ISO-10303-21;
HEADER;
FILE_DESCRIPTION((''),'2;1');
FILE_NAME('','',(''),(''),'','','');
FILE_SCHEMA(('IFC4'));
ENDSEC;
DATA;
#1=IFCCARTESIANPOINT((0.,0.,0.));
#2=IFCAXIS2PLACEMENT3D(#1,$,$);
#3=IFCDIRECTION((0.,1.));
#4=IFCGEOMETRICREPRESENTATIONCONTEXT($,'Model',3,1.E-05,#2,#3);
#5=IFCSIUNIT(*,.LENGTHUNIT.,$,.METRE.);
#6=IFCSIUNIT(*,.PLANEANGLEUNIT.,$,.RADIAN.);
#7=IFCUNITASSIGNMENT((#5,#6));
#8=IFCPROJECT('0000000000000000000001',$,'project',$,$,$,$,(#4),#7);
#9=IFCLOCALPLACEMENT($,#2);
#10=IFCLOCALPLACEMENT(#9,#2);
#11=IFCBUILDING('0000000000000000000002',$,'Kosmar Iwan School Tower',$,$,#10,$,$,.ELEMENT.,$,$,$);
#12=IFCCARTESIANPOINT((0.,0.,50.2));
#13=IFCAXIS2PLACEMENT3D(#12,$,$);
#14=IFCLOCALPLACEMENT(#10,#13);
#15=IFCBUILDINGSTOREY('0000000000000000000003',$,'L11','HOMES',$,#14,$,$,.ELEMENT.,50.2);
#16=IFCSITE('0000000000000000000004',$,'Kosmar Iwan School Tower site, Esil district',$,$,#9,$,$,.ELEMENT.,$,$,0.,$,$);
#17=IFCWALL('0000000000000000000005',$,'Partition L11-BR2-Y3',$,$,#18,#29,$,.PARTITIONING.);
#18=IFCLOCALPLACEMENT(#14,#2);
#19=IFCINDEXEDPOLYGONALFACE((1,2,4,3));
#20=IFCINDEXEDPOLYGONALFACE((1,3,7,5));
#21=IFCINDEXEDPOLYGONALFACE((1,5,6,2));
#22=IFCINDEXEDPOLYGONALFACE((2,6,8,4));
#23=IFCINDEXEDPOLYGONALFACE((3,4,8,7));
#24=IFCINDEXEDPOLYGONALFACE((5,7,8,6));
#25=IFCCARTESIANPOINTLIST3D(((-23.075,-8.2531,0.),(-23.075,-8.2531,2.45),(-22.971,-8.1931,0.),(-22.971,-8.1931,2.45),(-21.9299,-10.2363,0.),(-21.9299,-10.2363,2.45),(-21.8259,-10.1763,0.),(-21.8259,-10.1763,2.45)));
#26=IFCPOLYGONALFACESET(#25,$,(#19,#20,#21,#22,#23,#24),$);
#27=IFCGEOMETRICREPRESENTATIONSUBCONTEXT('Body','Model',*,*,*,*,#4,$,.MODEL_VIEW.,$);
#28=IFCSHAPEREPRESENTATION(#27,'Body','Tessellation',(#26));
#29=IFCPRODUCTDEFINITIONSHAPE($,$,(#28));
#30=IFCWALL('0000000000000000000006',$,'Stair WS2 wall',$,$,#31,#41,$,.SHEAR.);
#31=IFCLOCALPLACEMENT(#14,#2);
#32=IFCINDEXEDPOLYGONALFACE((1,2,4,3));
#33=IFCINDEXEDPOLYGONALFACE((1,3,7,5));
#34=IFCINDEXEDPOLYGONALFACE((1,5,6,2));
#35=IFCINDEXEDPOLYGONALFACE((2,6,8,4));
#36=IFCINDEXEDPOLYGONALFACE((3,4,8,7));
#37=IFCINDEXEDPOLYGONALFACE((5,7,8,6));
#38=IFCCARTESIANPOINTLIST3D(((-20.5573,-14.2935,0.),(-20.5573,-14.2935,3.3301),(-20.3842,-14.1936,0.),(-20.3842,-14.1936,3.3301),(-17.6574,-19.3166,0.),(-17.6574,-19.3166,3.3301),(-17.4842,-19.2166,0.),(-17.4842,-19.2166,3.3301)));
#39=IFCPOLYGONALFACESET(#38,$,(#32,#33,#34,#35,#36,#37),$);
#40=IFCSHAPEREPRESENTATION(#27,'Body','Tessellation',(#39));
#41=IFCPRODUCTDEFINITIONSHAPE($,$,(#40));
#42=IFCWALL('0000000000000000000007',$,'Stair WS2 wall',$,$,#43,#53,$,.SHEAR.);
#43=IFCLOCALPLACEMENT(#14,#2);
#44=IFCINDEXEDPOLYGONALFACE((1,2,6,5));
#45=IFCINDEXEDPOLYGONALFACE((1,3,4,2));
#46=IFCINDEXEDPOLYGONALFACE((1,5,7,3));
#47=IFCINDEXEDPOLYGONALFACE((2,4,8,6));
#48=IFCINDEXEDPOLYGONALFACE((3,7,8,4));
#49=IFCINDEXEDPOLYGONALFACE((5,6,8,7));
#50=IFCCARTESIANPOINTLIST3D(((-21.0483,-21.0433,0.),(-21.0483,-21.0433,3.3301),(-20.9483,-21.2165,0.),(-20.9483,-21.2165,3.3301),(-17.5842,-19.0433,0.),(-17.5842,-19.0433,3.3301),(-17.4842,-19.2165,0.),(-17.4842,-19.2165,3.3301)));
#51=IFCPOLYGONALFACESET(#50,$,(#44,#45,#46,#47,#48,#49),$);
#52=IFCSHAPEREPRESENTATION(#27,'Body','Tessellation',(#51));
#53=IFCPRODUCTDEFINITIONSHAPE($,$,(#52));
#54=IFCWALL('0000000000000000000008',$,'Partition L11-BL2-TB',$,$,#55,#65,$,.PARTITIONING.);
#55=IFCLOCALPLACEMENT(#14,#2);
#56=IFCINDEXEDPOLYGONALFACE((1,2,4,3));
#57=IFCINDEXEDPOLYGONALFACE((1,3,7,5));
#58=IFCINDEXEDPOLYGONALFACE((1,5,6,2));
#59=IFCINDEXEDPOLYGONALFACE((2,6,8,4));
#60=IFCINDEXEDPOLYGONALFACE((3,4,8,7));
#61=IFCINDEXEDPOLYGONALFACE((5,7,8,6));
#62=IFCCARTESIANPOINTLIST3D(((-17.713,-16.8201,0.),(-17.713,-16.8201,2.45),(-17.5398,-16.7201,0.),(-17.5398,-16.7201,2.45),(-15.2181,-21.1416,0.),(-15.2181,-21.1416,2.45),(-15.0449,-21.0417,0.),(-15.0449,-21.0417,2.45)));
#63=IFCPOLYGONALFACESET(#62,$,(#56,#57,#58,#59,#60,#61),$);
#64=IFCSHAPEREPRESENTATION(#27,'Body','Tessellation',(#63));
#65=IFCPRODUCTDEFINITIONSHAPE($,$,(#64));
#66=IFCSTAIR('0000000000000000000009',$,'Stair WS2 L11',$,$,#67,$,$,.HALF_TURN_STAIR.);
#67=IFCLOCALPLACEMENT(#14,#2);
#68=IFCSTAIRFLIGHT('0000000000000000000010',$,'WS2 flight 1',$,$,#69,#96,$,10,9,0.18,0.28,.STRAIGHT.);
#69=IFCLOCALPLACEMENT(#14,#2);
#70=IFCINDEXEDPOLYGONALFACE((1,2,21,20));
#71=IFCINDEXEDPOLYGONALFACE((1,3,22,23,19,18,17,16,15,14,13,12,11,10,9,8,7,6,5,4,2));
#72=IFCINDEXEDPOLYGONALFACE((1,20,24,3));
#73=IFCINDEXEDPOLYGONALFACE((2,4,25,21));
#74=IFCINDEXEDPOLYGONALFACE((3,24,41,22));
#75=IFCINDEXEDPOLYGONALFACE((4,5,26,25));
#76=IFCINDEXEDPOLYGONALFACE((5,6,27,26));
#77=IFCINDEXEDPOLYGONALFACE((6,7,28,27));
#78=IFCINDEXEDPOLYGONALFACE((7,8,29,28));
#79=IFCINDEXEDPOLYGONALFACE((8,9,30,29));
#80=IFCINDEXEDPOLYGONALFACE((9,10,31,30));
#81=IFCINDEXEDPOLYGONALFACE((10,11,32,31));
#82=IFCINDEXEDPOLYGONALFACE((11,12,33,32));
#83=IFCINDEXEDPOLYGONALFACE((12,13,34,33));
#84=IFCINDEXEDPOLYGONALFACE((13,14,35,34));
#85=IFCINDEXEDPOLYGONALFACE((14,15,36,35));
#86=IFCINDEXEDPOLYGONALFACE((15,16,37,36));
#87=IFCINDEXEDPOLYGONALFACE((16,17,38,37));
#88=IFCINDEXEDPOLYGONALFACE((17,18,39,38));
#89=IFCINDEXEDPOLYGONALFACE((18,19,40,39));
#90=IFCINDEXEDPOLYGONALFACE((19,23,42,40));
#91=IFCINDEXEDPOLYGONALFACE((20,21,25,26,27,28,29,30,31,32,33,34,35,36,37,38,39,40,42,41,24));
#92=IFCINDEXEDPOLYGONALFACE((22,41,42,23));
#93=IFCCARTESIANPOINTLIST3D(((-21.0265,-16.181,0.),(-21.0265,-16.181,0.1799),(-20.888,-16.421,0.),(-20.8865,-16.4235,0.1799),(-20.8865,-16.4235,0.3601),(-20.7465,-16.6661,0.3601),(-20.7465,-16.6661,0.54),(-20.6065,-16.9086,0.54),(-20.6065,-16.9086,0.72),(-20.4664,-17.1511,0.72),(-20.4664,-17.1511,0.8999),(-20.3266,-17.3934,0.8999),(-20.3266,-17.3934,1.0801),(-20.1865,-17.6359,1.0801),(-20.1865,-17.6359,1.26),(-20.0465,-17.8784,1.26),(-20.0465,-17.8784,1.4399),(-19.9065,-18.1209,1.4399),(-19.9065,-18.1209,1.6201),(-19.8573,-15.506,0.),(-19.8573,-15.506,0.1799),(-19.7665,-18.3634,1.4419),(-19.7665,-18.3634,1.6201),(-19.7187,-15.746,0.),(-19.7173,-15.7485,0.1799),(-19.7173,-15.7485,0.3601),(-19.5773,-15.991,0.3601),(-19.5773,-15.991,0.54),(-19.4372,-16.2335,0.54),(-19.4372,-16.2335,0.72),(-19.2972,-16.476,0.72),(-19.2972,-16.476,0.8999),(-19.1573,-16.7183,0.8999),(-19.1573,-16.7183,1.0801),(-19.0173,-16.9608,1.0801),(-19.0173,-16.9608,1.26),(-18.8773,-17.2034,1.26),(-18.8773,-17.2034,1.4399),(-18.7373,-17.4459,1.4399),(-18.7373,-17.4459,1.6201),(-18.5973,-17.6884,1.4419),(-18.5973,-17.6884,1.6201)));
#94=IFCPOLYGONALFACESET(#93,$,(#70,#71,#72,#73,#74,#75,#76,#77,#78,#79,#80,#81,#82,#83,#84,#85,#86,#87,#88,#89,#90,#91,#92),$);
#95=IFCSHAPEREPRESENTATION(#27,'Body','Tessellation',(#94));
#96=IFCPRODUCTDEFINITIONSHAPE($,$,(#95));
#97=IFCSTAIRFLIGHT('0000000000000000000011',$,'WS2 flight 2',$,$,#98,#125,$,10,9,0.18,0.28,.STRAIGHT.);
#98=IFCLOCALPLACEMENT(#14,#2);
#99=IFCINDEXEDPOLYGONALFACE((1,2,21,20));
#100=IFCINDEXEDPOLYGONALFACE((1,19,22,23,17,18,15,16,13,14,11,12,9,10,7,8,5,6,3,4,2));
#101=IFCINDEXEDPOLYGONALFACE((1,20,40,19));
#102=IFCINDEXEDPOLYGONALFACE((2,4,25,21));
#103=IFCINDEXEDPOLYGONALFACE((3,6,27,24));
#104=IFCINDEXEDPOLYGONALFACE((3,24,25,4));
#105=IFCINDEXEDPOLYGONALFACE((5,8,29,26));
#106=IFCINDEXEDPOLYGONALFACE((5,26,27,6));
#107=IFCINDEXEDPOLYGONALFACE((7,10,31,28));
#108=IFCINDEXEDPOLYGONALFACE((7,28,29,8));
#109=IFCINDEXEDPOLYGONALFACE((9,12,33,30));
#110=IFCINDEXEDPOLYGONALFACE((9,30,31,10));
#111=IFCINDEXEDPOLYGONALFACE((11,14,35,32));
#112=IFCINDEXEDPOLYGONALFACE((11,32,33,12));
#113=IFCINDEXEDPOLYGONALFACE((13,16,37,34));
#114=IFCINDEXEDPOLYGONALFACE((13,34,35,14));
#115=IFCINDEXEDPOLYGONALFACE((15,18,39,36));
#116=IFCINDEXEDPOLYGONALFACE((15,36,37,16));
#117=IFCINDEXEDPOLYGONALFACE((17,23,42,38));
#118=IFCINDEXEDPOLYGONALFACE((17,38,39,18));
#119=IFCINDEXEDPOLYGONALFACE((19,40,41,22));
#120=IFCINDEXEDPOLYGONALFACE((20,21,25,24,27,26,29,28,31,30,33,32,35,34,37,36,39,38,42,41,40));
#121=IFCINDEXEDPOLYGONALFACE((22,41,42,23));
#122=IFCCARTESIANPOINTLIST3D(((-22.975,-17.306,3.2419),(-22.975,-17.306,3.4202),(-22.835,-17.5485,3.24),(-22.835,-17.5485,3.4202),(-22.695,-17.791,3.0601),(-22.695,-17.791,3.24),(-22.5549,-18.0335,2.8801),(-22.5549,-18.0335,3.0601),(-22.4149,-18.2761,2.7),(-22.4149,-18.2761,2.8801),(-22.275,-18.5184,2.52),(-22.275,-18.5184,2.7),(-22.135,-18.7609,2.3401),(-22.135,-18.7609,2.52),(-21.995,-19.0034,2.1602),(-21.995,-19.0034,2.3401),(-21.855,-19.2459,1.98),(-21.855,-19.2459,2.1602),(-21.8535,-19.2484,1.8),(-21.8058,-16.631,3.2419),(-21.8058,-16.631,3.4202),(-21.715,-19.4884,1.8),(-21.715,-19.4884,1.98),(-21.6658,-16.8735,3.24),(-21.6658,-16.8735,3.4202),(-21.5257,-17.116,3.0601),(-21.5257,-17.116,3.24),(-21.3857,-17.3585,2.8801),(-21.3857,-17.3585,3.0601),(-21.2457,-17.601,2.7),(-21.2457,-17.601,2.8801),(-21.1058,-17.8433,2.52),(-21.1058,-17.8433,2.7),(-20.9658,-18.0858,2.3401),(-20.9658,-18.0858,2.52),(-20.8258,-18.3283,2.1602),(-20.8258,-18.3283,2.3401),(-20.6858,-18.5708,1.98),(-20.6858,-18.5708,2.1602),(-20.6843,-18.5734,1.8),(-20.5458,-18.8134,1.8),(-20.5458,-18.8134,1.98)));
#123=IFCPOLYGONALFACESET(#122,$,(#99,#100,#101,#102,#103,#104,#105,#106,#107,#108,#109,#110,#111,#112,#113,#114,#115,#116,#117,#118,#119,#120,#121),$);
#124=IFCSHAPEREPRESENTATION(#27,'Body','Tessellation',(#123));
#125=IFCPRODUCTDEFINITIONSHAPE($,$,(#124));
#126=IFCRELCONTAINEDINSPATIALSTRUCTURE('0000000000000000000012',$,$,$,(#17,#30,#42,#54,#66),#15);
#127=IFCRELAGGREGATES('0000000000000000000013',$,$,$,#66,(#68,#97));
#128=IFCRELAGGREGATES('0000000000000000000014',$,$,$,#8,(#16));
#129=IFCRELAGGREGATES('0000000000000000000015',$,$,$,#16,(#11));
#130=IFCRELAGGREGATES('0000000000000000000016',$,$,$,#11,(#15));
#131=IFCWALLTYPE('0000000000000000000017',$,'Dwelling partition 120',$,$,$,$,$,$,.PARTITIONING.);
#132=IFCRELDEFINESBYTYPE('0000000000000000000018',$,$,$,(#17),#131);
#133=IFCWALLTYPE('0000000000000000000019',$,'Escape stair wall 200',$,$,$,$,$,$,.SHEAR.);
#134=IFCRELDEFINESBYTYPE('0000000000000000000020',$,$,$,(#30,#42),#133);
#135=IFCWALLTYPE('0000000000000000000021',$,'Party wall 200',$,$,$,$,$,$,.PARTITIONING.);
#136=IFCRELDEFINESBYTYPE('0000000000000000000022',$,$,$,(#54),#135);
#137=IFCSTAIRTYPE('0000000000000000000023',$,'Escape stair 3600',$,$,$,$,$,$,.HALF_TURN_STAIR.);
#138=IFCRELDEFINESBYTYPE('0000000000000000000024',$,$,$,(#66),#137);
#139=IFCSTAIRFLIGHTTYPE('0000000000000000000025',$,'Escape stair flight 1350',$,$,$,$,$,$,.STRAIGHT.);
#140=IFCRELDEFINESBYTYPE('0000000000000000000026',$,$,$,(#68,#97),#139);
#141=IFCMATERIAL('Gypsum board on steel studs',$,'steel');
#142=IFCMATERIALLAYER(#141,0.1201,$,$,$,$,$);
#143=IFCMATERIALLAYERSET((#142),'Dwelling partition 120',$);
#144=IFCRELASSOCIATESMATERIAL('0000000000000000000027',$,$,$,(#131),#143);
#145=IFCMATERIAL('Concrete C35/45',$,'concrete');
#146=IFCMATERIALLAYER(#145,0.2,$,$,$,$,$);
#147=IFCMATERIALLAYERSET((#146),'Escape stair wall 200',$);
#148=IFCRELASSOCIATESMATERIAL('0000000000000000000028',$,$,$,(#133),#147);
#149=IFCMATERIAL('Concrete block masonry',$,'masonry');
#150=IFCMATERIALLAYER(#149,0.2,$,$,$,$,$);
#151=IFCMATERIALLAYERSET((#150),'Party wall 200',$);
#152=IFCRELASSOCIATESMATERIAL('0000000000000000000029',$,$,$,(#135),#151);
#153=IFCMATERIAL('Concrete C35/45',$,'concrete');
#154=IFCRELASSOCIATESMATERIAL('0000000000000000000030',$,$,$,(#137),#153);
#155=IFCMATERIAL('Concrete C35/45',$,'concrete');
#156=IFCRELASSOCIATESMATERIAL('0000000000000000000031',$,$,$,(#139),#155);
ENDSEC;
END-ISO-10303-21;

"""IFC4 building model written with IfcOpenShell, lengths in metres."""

from ifc_helpers import new_model, si_unit, direction, frame, frame_2d, origin, place, context, subcontext, project, spatial, polyline, rectangle, outline, extrude, material, layer, layer_set, type_object, element, aggregate, save


model = new_model("IFC4")

# Units and contexts
model_context = context("Model", 3, precision=1e-05, world=origin(), true_north=direction((0.0, 1.0)))
body_context = subcontext(model_context, "Body", "Model", "MODEL_VIEW")
ifc_project = project(units=[si_unit("LENGTHUNIT", "METRE"), si_unit("PLANEANGLEUNIT", "RADIAN")], contexts=[model_context])

# Site, building, storey
site_placement = place(None, origin())
site = spatial("IfcSite", under=ifc_project, at=site_placement, Name="Kosmar Iwan School Tower site, Esil district", CompositionType="ELEMENT", RefElevation=0.0)
building_placement = place(site_placement, origin())
building = spatial("IfcBuilding", under=site, at=building_placement, Name="Kosmar Iwan School Tower", CompositionType="ELEMENT")
storey_placement = place(building_placement, frame((0.0, 0.0, 50.2)))
storey = spatial("IfcBuildingStorey", under=building, at=storey_placement, Name="L11", Description="HOMES", CompositionType="ELEMENT", Elevation=50.2)

# Shared definitions
ifc_material_1 = material(Name="Gypsum board on steel studs", Category="steel")
ifc_layer_1 = layer(ifc_material_1, 0.1201)
ifc_layer_set_1 = layer_set([ifc_layer_1], Name="Dwelling partition 120")
wall_type_1 = type_object("IfcWallType", Name="Dwelling partition 120", PredefinedType="PARTITIONING", material=ifc_layer_set_1)

# Walls
wall_1_placement = place(storey_placement, frame((-21.8779, -10.2063, 0.0), z_axis=(0.0, 0.0, 1.0), x_axis=(-0.500015, 0.866017, 0.0)))
element("IfcWall", 1, at=wall_1_placement, inside=storey, type_object=wall_type_1, Name="Partition L11-BR2-Y3", PredefinedType="PARTITIONING", context=body_context, shape_type="SweptSolid", body=[
    extrude(rectangle(XDim=2.29, YDim=0.1201, at=frame_2d((1.145, 0.0))), origin(), (0.0, 0.0, 1.0), 2.45),
])
ifc_material_2 = material(Name="Concrete C35/45", Category="concrete")
ifc_layer_2 = layer(ifc_material_2, 0.2)
ifc_layer_set_2 = layer_set([ifc_layer_2], Name="Escape stair wall 200")
wall_type_2 = type_object("IfcWallType", Name="Escape stair wall 200", PredefinedType="SHEAR", material=ifc_layer_set_2)
wall_2_placement = place(storey_placement, frame((-20.4707, -14.2437, 0.0), z_axis=(0.0, 0.0, 1.0), x_axis=(0.499987, -0.866033, 0.0)))
element("IfcWall", 2, at=wall_2_placement, inside=storey, type_object=wall_type_2, Name="Stair WS2 wall", PredefinedType="SHEAR", context=body_context, shape_type="SweptSolid", body=[
    extrude(rectangle(XDim=5.8, YDim=0.2, at=frame_2d((2.8999, 0.0))), origin(), (0.0, 0.0, 1.0), 3.3301),
])
wall_3_placement = place(storey_placement, frame((-17.5342, -19.1299, 0.0), z_axis=(0.0, 0.0, 1.0), x_axis=(-0.866026, -0.499999, 0.0)))
element("IfcWall", 3, at=wall_3_placement, inside=storey, type_object=wall_type_2, Name="Stair WS2 wall", PredefinedType="SHEAR", context=body_context, shape_type="SweptSolid", body=[
    extrude(rectangle(XDim=4.0, YDim=0.2, at=frame_2d((2.0, 0.0))), origin(), (0.0, 0.0, 1.0), 3.3301),
])
ifc_material_3 = material(Name="Concrete block masonry", Category="masonry")
ifc_layer_3 = layer(ifc_material_3, 0.2)
ifc_layer_set_3 = layer_set([ifc_layer_3], Name="Party wall 200")
wall_type_3 = type_object("IfcWallType", Name="Party wall 200", PredefinedType="PARTITIONING", material=ifc_layer_set_3)
wall_4_placement = place(storey_placement, frame((-17.6265, -16.77, 0.0), z_axis=(0.0, 0.0, 1.0), x_axis=(0.499975, -0.86604, 0.0)))
element("IfcWall", 4, at=wall_4_placement, inside=storey, type_object=wall_type_3, Name="Partition L11-BL2-TB", PredefinedType="PARTITIONING", context=body_context, shape_type="SweptSolid", body=[
    extrude(rectangle(XDim=4.99, YDim=0.2, at=frame_2d((2.4951, 0.0))), origin(), (0.0, 0.0, 1.0), 2.45),
])

# Stair, stair flights
ifc_material_4 = material(Name="Concrete C35/45", Category="concrete")
stair_type = type_object("IfcStairType", Name="Escape stair 3600", PredefinedType="HALF_TURN_STAIR", material=ifc_material_4)
stair_placement = place(storey_placement, origin())
stair = element("IfcStair", 5, at=stair_placement, inside=storey, type_object=stair_type, Name="Stair WS2 L11", PredefinedType="HALF_TURN_STAIR")
ifc_material_5 = material(Name="Concrete C35/45", Category="concrete")
stair_flight_type = type_object("IfcStairFlightType", Name="Escape stair flight 1350", PredefinedType="STRAIGHT", material=ifc_material_5)
stair_flight_1_placement = place(storey_placement, frame((-20.4419, -15.8435, 0.0), z_axis=(0.0, 0.0, 1.0), x_axis=(0.5, -0.866025, 0.0)))
stair_flight_1 = element("IfcStairFlight", 6, at=stair_flight_1_placement, type_object=stair_flight_type, Name="WS2 flight 1", NumberOfRisers=10, NumberOfTreads=9, PredefinedType="STRAIGHT", RiserHeight=0.18, TreadLength=0.28, context=body_context, shape_type="SweptSolid", body=[
    extrude(outline(polyline([(0.0, 0.0), (0.0, 0.1799), (0.28, 0.1799), (0.28, 0.3601), (0.5601, 0.3601), (0.5601, 0.54), (0.8401, 0.54), (0.8401, 0.72), (1.1201, 0.72), (1.1201, 0.8999), (1.3999, 0.8999), (1.3999, 1.0801), (1.6799, 1.0801), (1.6799, 1.26), (1.96, 1.26), (1.96, 1.4399), (2.24, 1.4399), (2.24, 1.6201), (2.52, 1.6201), (2.52, 1.8), (2.52, 1.4419), (0.2771, 0.0), (0.0, 0.0)])), frame((0.0, 0.675, 0.0), z_axis=(0.0, -1.0, 0.0), x_axis=(1.0, 0.0, 0.0)), (0.0, 0.0, 1.0), 1.3501),
])
stair_flight_2_placement = place(storey_placement, frame((-21.1304, -19.1509, 1.8), z_axis=(0.0, 0.0, 1.0), x_axis=(-0.5, 0.866025, 0.0)))
stair_flight_2 = element("IfcStairFlight", 7, at=stair_flight_2_placement, type_object=stair_flight_type, Name="WS2 flight 2", NumberOfRisers=10, NumberOfTreads=9, PredefinedType="STRAIGHT", RiserHeight=0.18, TreadLength=0.28, context=body_context, shape_type="SweptSolid", body=[
    extrude(outline(polyline([(0.0, 0.0), (0.0, 0.1799), (0.28, 0.1799), (0.28, 0.3601), (0.5601, 0.3601), (0.5601, 0.54), (0.8401, 0.54), (0.8401, 0.72), (1.1201, 0.72), (1.1201, 0.8999), (1.3999, 0.8999), (1.3999, 1.0801), (1.6799, 1.0801), (1.6799, 1.26), (1.96, 1.26), (1.96, 1.4399), (2.24, 1.4399), (2.24, 1.6201), (2.52, 1.6201), (2.52, 1.8), (2.52, 1.4419), (0.2771, 0.0), (0.0, 0.0)])), frame((0.0, 0.675, 0.0), z_axis=(0.0, -1.0, 0.0), x_axis=(1.0, 0.0, 0.0)), (0.0, 0.0, 1.0), 1.3501),
])
aggregate(stair, [stair_flight_1, stair_flight_2])

save(model, "model.ifc")
